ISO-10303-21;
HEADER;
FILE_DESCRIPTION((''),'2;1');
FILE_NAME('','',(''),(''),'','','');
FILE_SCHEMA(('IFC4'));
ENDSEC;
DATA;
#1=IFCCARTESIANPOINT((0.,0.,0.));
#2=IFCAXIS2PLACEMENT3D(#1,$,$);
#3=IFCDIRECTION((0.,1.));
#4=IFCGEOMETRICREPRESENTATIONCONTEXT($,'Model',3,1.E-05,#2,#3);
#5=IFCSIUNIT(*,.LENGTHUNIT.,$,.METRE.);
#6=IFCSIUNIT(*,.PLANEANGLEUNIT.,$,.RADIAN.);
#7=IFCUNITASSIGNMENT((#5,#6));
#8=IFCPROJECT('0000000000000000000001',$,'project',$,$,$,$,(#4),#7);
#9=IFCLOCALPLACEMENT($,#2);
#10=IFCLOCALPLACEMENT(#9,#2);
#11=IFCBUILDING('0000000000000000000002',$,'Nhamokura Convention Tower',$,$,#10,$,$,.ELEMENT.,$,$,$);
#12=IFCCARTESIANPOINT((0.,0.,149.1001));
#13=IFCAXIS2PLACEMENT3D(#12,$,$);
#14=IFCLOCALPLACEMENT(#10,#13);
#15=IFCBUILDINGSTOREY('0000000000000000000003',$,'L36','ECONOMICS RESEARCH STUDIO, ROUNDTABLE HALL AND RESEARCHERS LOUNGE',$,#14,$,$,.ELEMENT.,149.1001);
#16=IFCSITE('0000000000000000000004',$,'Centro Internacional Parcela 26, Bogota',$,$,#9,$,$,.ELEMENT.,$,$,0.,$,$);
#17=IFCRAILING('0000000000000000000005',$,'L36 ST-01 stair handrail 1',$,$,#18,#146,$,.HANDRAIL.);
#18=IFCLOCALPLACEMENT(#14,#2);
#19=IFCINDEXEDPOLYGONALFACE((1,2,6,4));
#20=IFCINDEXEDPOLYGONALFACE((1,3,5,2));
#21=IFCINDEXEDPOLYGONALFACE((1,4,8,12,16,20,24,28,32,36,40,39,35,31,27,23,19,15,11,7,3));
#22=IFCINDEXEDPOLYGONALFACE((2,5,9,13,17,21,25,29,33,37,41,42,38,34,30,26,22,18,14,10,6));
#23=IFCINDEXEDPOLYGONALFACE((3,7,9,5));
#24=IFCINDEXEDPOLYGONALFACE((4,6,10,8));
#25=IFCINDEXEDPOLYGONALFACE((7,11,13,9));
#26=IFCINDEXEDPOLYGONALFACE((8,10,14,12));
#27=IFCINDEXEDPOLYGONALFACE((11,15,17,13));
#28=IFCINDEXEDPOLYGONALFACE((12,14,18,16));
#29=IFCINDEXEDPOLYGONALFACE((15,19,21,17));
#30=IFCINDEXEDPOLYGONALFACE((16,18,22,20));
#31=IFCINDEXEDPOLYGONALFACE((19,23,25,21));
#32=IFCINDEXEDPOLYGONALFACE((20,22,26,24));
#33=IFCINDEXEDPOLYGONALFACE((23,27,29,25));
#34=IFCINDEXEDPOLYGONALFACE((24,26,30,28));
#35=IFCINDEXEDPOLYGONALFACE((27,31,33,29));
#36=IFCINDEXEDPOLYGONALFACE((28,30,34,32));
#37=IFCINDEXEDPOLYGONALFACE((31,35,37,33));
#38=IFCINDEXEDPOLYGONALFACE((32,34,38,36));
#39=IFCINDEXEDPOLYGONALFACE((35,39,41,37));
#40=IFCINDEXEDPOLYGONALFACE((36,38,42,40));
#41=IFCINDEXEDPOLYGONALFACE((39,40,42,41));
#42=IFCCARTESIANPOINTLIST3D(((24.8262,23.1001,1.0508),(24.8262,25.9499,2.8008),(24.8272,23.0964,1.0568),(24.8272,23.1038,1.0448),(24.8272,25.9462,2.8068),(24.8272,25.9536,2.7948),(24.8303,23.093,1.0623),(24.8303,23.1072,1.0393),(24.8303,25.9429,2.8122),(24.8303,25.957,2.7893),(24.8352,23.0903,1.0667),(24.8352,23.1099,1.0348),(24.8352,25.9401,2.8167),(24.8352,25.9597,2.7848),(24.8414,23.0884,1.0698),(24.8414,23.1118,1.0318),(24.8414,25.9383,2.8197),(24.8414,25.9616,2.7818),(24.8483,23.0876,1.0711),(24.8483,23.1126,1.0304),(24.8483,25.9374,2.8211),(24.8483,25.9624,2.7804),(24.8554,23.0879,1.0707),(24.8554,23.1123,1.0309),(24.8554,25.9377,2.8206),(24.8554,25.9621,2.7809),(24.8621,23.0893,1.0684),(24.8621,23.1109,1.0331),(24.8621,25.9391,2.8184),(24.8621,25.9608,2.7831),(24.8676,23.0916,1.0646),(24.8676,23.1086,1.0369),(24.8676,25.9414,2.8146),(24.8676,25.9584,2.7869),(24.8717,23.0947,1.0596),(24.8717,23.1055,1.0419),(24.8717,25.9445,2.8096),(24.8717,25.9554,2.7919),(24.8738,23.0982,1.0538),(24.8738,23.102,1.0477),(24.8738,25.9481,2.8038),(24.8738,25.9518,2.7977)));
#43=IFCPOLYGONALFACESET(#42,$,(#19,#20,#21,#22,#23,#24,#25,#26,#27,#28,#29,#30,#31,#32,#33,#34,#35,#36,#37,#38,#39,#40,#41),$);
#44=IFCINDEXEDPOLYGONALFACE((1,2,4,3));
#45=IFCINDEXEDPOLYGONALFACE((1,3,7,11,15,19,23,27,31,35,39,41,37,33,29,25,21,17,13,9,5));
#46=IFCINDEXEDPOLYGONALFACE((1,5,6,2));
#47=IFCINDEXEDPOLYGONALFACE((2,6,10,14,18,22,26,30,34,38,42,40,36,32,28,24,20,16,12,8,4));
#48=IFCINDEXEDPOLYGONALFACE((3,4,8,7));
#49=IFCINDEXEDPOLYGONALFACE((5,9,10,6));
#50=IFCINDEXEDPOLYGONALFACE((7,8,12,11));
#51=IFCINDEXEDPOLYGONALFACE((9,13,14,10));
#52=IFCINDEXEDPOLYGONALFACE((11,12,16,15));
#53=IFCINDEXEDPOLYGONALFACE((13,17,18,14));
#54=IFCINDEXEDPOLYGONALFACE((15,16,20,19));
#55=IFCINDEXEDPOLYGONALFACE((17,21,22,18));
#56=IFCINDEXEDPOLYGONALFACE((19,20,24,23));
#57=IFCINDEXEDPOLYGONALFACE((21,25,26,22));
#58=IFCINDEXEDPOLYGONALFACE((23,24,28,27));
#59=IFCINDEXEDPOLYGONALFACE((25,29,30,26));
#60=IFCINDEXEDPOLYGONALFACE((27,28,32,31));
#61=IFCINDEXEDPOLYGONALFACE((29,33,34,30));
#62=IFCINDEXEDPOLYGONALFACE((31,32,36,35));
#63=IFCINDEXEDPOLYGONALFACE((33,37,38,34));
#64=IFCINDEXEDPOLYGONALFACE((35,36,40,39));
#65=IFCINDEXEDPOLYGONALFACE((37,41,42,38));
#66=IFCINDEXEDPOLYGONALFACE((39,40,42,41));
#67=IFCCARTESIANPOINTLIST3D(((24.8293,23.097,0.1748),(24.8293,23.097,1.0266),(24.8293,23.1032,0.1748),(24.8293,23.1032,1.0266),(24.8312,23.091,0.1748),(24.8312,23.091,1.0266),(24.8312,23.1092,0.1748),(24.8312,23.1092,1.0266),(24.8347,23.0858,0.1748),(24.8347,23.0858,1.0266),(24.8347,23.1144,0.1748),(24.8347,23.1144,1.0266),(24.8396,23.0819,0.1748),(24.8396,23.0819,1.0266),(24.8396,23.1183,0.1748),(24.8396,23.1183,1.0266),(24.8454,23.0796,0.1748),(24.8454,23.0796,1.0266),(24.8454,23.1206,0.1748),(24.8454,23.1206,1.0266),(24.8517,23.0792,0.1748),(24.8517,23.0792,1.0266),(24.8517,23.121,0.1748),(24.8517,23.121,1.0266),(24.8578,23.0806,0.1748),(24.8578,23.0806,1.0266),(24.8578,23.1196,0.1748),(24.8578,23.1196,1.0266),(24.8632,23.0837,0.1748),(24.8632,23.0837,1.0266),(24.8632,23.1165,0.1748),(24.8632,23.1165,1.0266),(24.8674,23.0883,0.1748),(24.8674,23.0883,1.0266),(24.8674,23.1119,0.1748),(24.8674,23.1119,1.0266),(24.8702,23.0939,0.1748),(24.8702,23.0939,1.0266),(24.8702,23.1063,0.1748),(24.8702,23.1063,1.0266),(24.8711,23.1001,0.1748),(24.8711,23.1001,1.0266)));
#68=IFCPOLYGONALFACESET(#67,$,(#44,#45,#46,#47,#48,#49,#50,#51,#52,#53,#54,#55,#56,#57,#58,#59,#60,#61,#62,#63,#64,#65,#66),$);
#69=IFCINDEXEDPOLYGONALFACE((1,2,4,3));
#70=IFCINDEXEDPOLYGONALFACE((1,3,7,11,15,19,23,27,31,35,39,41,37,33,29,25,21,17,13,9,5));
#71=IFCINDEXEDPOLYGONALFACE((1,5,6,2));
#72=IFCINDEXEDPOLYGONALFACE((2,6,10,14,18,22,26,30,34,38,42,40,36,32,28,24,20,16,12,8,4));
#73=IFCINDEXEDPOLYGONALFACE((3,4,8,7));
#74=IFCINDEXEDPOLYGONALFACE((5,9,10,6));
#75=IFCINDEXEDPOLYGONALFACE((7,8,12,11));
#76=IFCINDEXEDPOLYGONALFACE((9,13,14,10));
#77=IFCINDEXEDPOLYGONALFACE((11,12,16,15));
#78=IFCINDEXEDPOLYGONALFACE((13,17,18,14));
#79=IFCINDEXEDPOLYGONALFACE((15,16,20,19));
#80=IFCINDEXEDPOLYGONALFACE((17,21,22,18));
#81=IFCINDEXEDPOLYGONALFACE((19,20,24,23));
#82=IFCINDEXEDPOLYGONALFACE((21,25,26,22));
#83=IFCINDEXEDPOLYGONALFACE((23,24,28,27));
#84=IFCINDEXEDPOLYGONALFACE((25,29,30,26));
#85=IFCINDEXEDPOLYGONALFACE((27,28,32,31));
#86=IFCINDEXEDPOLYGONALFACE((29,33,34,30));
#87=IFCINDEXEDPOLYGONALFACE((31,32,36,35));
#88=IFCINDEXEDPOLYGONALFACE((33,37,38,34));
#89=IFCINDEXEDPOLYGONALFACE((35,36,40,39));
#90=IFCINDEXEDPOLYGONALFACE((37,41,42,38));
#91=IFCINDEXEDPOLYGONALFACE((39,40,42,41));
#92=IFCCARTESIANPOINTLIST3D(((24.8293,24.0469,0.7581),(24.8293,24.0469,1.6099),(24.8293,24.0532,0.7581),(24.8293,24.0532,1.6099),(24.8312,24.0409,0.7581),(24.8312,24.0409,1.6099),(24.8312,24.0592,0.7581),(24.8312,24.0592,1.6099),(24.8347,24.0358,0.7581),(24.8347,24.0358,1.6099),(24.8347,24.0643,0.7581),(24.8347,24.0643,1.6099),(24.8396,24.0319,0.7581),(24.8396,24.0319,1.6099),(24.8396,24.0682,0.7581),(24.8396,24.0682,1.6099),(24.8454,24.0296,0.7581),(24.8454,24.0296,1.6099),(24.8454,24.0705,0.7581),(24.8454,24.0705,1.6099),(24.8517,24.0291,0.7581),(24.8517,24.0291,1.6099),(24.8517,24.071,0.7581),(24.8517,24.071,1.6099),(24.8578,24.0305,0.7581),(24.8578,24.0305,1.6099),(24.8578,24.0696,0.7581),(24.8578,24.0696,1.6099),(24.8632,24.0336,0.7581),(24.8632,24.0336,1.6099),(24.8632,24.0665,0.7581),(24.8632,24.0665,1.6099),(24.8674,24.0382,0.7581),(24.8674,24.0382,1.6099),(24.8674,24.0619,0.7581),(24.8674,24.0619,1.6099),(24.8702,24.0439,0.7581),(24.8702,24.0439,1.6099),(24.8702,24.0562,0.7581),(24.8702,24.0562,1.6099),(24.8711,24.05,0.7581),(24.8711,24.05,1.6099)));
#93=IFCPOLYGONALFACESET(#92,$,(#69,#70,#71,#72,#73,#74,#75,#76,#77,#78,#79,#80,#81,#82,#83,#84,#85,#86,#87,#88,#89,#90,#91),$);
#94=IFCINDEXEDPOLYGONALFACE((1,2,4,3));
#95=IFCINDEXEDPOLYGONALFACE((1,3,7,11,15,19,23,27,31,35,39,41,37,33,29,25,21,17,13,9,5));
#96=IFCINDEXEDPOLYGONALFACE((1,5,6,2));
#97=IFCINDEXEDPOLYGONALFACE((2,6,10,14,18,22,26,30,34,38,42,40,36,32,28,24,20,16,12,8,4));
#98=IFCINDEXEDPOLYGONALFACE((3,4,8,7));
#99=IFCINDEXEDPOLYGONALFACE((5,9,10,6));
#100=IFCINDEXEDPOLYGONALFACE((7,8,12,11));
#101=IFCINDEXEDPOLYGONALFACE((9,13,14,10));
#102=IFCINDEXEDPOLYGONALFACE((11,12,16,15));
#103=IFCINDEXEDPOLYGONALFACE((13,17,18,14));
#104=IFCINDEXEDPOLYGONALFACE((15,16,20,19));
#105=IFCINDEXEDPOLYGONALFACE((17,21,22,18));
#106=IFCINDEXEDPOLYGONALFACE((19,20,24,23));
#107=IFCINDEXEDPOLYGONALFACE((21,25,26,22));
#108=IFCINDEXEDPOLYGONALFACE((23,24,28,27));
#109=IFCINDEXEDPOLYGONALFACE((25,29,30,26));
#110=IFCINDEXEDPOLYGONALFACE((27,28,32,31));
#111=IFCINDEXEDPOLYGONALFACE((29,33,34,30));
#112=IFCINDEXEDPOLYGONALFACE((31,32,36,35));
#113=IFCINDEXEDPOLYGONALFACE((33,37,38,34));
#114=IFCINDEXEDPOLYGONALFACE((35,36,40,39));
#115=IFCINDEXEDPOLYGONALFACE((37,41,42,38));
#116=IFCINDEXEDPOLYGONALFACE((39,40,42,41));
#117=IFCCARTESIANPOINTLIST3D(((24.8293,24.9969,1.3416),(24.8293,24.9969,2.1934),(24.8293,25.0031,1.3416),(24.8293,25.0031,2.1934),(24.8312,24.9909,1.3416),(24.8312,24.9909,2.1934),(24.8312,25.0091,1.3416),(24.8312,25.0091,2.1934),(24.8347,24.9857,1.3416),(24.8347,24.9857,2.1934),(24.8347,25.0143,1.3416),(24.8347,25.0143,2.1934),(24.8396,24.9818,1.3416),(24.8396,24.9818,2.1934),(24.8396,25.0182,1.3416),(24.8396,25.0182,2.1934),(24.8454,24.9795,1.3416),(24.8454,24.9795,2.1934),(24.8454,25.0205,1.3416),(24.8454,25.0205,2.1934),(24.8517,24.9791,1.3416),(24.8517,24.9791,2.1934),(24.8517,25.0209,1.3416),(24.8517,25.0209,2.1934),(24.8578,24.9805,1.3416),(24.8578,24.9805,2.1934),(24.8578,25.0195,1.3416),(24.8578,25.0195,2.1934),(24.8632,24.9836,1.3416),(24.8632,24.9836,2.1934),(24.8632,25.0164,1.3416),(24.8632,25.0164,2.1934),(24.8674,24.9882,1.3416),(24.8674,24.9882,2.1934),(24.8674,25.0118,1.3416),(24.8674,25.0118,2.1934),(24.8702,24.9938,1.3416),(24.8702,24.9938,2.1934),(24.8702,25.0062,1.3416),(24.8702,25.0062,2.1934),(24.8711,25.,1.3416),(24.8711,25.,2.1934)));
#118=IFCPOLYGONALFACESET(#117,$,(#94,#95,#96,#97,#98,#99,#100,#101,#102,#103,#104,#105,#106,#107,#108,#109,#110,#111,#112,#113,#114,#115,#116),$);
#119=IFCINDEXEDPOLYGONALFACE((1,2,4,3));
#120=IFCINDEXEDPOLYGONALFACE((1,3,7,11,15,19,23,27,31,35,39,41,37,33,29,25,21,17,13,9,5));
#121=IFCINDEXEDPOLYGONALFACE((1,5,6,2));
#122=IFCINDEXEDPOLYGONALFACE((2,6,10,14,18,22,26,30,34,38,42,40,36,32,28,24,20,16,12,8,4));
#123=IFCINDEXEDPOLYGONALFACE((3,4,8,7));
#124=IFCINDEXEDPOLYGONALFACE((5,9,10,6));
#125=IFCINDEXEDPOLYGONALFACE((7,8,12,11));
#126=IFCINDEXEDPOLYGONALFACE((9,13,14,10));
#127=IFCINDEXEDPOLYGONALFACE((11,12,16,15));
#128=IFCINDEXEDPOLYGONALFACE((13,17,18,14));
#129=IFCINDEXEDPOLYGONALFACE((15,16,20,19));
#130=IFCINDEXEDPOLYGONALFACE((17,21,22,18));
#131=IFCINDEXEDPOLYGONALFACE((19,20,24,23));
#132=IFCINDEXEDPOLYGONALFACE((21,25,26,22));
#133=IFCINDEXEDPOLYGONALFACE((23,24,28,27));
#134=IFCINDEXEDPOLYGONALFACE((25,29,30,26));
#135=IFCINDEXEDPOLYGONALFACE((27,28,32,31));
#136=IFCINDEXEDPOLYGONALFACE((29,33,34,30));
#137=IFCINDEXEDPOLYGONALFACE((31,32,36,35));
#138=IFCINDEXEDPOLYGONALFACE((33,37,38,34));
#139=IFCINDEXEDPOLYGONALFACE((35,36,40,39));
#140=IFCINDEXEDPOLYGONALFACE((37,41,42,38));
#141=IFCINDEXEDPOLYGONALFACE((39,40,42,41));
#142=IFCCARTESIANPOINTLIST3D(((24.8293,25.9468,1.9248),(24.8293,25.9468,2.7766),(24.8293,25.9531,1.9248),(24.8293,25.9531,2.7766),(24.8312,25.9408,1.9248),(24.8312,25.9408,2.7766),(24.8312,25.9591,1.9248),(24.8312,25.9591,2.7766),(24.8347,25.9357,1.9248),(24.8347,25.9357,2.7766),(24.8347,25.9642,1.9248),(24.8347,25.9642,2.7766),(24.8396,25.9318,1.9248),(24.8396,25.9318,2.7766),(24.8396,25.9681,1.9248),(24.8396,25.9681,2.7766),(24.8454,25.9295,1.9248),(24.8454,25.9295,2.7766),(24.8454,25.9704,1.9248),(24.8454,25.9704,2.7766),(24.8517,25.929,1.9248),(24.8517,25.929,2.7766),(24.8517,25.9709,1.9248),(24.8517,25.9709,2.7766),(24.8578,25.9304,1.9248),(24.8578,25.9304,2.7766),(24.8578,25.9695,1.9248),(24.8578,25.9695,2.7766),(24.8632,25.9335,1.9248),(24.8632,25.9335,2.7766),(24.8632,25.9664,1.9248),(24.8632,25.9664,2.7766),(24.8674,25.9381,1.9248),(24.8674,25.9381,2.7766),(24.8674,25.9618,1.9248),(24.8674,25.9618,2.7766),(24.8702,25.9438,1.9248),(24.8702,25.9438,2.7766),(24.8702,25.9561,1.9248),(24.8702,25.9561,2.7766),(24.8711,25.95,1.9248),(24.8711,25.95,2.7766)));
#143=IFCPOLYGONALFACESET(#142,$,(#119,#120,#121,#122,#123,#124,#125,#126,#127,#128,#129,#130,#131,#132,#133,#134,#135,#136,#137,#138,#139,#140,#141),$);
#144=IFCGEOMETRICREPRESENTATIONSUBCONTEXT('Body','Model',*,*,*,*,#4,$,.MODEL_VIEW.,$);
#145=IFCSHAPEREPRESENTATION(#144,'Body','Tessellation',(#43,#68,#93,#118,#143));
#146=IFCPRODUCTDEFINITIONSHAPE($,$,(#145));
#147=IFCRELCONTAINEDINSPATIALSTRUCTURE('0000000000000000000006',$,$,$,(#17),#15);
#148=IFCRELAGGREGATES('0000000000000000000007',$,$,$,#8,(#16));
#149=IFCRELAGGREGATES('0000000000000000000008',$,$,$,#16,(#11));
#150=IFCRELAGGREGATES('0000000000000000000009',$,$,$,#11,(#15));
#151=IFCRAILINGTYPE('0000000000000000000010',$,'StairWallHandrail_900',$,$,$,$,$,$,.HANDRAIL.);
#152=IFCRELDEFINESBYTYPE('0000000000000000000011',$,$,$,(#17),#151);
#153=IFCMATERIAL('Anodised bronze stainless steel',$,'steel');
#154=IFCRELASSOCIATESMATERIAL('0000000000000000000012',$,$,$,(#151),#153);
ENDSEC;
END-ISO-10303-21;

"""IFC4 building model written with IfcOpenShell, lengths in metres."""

from ifc_helpers import new_model, si_unit, direction, frame, origin, origin_2d, place, context, subcontext, project, spatial, circle, extrude, material, type_object, element, save


model = new_model("IFC4")

# Units and contexts
model_context = context("Model", 3, precision=1e-05, world=origin(), true_north=direction((0.0, 1.0)))
body_context = subcontext(model_context, "Body", "Model", "MODEL_VIEW")
ifc_project = project(units=[si_unit("LENGTHUNIT", "METRE"), si_unit("PLANEANGLEUNIT", "RADIAN")], contexts=[model_context])

# Site, building, storey
site_placement = place(None, origin())
site = spatial("IfcSite", under=ifc_project, at=site_placement, Name="Centro Internacional Parcela 26, Bogota", CompositionType="ELEMENT", RefElevation=0.0)
building_placement = place(site_placement, origin())
building = spatial("IfcBuilding", under=site, at=building_placement, Name="Nhamokura Convention Tower", CompositionType="ELEMENT")
storey_placement = place(building_placement, frame((0.0, 0.0, 149.1001)))
storey = spatial("IfcBuildingStorey", under=building, at=storey_placement, Name="L36", Description="ECONOMICS RESEARCH STUDIO, ROUNDTABLE HALL AND RESEARCHERS LOUNGE", CompositionType="ELEMENT", Elevation=149.1001)

# Railing
ifc_material_1 = material(Name="Anodised bronze stainless steel", Category="steel")
railing_type_1 = type_object("IfcRailingType", Name="StairWallHandrail_900", PredefinedType="HANDRAIL", material=ifc_material_1)
railing_1_placement = place(storey_placement, frame((24.8501, 23.1001, 0.1748)))
element("IfcRailing", 1, at=railing_1_placement, inside=storey, type_object=railing_type_1, Name="L36 ST-01 stair handrail 1", PredefinedType="HANDRAIL", context=body_context, shape_type="SweptSolid", body=[
    extrude(circle(Radius=0.0239, at=origin_2d()), frame((0.0, 0.0, 0.876), z_axis=(0.0, 0.852159, 0.523283), x_axis=(-1.0, 0.0, 0.0)), (0.0, 0.0, 1.0), 3.3442),
    extrude(circle(Radius=0.021, at=origin_2d()), origin(), (0.0, 0.0, 1.0), 0.8518),
    extrude(circle(Radius=0.021, at=origin_2d()), frame((0.0, 0.95, 0.5833)), (0.0, 0.0, 1.0), 0.8518),
    extrude(circle(Radius=0.021, at=origin_2d()), frame((0.0, 1.8999, 1.1667)), (0.0, 0.0, 1.0), 0.8518),
    extrude(circle(Radius=0.021, at=origin_2d()), frame((0.0, 2.8499, 1.75)), (0.0, 0.0, 1.0), 0.8518),
])

save(model, "model.ifc")
